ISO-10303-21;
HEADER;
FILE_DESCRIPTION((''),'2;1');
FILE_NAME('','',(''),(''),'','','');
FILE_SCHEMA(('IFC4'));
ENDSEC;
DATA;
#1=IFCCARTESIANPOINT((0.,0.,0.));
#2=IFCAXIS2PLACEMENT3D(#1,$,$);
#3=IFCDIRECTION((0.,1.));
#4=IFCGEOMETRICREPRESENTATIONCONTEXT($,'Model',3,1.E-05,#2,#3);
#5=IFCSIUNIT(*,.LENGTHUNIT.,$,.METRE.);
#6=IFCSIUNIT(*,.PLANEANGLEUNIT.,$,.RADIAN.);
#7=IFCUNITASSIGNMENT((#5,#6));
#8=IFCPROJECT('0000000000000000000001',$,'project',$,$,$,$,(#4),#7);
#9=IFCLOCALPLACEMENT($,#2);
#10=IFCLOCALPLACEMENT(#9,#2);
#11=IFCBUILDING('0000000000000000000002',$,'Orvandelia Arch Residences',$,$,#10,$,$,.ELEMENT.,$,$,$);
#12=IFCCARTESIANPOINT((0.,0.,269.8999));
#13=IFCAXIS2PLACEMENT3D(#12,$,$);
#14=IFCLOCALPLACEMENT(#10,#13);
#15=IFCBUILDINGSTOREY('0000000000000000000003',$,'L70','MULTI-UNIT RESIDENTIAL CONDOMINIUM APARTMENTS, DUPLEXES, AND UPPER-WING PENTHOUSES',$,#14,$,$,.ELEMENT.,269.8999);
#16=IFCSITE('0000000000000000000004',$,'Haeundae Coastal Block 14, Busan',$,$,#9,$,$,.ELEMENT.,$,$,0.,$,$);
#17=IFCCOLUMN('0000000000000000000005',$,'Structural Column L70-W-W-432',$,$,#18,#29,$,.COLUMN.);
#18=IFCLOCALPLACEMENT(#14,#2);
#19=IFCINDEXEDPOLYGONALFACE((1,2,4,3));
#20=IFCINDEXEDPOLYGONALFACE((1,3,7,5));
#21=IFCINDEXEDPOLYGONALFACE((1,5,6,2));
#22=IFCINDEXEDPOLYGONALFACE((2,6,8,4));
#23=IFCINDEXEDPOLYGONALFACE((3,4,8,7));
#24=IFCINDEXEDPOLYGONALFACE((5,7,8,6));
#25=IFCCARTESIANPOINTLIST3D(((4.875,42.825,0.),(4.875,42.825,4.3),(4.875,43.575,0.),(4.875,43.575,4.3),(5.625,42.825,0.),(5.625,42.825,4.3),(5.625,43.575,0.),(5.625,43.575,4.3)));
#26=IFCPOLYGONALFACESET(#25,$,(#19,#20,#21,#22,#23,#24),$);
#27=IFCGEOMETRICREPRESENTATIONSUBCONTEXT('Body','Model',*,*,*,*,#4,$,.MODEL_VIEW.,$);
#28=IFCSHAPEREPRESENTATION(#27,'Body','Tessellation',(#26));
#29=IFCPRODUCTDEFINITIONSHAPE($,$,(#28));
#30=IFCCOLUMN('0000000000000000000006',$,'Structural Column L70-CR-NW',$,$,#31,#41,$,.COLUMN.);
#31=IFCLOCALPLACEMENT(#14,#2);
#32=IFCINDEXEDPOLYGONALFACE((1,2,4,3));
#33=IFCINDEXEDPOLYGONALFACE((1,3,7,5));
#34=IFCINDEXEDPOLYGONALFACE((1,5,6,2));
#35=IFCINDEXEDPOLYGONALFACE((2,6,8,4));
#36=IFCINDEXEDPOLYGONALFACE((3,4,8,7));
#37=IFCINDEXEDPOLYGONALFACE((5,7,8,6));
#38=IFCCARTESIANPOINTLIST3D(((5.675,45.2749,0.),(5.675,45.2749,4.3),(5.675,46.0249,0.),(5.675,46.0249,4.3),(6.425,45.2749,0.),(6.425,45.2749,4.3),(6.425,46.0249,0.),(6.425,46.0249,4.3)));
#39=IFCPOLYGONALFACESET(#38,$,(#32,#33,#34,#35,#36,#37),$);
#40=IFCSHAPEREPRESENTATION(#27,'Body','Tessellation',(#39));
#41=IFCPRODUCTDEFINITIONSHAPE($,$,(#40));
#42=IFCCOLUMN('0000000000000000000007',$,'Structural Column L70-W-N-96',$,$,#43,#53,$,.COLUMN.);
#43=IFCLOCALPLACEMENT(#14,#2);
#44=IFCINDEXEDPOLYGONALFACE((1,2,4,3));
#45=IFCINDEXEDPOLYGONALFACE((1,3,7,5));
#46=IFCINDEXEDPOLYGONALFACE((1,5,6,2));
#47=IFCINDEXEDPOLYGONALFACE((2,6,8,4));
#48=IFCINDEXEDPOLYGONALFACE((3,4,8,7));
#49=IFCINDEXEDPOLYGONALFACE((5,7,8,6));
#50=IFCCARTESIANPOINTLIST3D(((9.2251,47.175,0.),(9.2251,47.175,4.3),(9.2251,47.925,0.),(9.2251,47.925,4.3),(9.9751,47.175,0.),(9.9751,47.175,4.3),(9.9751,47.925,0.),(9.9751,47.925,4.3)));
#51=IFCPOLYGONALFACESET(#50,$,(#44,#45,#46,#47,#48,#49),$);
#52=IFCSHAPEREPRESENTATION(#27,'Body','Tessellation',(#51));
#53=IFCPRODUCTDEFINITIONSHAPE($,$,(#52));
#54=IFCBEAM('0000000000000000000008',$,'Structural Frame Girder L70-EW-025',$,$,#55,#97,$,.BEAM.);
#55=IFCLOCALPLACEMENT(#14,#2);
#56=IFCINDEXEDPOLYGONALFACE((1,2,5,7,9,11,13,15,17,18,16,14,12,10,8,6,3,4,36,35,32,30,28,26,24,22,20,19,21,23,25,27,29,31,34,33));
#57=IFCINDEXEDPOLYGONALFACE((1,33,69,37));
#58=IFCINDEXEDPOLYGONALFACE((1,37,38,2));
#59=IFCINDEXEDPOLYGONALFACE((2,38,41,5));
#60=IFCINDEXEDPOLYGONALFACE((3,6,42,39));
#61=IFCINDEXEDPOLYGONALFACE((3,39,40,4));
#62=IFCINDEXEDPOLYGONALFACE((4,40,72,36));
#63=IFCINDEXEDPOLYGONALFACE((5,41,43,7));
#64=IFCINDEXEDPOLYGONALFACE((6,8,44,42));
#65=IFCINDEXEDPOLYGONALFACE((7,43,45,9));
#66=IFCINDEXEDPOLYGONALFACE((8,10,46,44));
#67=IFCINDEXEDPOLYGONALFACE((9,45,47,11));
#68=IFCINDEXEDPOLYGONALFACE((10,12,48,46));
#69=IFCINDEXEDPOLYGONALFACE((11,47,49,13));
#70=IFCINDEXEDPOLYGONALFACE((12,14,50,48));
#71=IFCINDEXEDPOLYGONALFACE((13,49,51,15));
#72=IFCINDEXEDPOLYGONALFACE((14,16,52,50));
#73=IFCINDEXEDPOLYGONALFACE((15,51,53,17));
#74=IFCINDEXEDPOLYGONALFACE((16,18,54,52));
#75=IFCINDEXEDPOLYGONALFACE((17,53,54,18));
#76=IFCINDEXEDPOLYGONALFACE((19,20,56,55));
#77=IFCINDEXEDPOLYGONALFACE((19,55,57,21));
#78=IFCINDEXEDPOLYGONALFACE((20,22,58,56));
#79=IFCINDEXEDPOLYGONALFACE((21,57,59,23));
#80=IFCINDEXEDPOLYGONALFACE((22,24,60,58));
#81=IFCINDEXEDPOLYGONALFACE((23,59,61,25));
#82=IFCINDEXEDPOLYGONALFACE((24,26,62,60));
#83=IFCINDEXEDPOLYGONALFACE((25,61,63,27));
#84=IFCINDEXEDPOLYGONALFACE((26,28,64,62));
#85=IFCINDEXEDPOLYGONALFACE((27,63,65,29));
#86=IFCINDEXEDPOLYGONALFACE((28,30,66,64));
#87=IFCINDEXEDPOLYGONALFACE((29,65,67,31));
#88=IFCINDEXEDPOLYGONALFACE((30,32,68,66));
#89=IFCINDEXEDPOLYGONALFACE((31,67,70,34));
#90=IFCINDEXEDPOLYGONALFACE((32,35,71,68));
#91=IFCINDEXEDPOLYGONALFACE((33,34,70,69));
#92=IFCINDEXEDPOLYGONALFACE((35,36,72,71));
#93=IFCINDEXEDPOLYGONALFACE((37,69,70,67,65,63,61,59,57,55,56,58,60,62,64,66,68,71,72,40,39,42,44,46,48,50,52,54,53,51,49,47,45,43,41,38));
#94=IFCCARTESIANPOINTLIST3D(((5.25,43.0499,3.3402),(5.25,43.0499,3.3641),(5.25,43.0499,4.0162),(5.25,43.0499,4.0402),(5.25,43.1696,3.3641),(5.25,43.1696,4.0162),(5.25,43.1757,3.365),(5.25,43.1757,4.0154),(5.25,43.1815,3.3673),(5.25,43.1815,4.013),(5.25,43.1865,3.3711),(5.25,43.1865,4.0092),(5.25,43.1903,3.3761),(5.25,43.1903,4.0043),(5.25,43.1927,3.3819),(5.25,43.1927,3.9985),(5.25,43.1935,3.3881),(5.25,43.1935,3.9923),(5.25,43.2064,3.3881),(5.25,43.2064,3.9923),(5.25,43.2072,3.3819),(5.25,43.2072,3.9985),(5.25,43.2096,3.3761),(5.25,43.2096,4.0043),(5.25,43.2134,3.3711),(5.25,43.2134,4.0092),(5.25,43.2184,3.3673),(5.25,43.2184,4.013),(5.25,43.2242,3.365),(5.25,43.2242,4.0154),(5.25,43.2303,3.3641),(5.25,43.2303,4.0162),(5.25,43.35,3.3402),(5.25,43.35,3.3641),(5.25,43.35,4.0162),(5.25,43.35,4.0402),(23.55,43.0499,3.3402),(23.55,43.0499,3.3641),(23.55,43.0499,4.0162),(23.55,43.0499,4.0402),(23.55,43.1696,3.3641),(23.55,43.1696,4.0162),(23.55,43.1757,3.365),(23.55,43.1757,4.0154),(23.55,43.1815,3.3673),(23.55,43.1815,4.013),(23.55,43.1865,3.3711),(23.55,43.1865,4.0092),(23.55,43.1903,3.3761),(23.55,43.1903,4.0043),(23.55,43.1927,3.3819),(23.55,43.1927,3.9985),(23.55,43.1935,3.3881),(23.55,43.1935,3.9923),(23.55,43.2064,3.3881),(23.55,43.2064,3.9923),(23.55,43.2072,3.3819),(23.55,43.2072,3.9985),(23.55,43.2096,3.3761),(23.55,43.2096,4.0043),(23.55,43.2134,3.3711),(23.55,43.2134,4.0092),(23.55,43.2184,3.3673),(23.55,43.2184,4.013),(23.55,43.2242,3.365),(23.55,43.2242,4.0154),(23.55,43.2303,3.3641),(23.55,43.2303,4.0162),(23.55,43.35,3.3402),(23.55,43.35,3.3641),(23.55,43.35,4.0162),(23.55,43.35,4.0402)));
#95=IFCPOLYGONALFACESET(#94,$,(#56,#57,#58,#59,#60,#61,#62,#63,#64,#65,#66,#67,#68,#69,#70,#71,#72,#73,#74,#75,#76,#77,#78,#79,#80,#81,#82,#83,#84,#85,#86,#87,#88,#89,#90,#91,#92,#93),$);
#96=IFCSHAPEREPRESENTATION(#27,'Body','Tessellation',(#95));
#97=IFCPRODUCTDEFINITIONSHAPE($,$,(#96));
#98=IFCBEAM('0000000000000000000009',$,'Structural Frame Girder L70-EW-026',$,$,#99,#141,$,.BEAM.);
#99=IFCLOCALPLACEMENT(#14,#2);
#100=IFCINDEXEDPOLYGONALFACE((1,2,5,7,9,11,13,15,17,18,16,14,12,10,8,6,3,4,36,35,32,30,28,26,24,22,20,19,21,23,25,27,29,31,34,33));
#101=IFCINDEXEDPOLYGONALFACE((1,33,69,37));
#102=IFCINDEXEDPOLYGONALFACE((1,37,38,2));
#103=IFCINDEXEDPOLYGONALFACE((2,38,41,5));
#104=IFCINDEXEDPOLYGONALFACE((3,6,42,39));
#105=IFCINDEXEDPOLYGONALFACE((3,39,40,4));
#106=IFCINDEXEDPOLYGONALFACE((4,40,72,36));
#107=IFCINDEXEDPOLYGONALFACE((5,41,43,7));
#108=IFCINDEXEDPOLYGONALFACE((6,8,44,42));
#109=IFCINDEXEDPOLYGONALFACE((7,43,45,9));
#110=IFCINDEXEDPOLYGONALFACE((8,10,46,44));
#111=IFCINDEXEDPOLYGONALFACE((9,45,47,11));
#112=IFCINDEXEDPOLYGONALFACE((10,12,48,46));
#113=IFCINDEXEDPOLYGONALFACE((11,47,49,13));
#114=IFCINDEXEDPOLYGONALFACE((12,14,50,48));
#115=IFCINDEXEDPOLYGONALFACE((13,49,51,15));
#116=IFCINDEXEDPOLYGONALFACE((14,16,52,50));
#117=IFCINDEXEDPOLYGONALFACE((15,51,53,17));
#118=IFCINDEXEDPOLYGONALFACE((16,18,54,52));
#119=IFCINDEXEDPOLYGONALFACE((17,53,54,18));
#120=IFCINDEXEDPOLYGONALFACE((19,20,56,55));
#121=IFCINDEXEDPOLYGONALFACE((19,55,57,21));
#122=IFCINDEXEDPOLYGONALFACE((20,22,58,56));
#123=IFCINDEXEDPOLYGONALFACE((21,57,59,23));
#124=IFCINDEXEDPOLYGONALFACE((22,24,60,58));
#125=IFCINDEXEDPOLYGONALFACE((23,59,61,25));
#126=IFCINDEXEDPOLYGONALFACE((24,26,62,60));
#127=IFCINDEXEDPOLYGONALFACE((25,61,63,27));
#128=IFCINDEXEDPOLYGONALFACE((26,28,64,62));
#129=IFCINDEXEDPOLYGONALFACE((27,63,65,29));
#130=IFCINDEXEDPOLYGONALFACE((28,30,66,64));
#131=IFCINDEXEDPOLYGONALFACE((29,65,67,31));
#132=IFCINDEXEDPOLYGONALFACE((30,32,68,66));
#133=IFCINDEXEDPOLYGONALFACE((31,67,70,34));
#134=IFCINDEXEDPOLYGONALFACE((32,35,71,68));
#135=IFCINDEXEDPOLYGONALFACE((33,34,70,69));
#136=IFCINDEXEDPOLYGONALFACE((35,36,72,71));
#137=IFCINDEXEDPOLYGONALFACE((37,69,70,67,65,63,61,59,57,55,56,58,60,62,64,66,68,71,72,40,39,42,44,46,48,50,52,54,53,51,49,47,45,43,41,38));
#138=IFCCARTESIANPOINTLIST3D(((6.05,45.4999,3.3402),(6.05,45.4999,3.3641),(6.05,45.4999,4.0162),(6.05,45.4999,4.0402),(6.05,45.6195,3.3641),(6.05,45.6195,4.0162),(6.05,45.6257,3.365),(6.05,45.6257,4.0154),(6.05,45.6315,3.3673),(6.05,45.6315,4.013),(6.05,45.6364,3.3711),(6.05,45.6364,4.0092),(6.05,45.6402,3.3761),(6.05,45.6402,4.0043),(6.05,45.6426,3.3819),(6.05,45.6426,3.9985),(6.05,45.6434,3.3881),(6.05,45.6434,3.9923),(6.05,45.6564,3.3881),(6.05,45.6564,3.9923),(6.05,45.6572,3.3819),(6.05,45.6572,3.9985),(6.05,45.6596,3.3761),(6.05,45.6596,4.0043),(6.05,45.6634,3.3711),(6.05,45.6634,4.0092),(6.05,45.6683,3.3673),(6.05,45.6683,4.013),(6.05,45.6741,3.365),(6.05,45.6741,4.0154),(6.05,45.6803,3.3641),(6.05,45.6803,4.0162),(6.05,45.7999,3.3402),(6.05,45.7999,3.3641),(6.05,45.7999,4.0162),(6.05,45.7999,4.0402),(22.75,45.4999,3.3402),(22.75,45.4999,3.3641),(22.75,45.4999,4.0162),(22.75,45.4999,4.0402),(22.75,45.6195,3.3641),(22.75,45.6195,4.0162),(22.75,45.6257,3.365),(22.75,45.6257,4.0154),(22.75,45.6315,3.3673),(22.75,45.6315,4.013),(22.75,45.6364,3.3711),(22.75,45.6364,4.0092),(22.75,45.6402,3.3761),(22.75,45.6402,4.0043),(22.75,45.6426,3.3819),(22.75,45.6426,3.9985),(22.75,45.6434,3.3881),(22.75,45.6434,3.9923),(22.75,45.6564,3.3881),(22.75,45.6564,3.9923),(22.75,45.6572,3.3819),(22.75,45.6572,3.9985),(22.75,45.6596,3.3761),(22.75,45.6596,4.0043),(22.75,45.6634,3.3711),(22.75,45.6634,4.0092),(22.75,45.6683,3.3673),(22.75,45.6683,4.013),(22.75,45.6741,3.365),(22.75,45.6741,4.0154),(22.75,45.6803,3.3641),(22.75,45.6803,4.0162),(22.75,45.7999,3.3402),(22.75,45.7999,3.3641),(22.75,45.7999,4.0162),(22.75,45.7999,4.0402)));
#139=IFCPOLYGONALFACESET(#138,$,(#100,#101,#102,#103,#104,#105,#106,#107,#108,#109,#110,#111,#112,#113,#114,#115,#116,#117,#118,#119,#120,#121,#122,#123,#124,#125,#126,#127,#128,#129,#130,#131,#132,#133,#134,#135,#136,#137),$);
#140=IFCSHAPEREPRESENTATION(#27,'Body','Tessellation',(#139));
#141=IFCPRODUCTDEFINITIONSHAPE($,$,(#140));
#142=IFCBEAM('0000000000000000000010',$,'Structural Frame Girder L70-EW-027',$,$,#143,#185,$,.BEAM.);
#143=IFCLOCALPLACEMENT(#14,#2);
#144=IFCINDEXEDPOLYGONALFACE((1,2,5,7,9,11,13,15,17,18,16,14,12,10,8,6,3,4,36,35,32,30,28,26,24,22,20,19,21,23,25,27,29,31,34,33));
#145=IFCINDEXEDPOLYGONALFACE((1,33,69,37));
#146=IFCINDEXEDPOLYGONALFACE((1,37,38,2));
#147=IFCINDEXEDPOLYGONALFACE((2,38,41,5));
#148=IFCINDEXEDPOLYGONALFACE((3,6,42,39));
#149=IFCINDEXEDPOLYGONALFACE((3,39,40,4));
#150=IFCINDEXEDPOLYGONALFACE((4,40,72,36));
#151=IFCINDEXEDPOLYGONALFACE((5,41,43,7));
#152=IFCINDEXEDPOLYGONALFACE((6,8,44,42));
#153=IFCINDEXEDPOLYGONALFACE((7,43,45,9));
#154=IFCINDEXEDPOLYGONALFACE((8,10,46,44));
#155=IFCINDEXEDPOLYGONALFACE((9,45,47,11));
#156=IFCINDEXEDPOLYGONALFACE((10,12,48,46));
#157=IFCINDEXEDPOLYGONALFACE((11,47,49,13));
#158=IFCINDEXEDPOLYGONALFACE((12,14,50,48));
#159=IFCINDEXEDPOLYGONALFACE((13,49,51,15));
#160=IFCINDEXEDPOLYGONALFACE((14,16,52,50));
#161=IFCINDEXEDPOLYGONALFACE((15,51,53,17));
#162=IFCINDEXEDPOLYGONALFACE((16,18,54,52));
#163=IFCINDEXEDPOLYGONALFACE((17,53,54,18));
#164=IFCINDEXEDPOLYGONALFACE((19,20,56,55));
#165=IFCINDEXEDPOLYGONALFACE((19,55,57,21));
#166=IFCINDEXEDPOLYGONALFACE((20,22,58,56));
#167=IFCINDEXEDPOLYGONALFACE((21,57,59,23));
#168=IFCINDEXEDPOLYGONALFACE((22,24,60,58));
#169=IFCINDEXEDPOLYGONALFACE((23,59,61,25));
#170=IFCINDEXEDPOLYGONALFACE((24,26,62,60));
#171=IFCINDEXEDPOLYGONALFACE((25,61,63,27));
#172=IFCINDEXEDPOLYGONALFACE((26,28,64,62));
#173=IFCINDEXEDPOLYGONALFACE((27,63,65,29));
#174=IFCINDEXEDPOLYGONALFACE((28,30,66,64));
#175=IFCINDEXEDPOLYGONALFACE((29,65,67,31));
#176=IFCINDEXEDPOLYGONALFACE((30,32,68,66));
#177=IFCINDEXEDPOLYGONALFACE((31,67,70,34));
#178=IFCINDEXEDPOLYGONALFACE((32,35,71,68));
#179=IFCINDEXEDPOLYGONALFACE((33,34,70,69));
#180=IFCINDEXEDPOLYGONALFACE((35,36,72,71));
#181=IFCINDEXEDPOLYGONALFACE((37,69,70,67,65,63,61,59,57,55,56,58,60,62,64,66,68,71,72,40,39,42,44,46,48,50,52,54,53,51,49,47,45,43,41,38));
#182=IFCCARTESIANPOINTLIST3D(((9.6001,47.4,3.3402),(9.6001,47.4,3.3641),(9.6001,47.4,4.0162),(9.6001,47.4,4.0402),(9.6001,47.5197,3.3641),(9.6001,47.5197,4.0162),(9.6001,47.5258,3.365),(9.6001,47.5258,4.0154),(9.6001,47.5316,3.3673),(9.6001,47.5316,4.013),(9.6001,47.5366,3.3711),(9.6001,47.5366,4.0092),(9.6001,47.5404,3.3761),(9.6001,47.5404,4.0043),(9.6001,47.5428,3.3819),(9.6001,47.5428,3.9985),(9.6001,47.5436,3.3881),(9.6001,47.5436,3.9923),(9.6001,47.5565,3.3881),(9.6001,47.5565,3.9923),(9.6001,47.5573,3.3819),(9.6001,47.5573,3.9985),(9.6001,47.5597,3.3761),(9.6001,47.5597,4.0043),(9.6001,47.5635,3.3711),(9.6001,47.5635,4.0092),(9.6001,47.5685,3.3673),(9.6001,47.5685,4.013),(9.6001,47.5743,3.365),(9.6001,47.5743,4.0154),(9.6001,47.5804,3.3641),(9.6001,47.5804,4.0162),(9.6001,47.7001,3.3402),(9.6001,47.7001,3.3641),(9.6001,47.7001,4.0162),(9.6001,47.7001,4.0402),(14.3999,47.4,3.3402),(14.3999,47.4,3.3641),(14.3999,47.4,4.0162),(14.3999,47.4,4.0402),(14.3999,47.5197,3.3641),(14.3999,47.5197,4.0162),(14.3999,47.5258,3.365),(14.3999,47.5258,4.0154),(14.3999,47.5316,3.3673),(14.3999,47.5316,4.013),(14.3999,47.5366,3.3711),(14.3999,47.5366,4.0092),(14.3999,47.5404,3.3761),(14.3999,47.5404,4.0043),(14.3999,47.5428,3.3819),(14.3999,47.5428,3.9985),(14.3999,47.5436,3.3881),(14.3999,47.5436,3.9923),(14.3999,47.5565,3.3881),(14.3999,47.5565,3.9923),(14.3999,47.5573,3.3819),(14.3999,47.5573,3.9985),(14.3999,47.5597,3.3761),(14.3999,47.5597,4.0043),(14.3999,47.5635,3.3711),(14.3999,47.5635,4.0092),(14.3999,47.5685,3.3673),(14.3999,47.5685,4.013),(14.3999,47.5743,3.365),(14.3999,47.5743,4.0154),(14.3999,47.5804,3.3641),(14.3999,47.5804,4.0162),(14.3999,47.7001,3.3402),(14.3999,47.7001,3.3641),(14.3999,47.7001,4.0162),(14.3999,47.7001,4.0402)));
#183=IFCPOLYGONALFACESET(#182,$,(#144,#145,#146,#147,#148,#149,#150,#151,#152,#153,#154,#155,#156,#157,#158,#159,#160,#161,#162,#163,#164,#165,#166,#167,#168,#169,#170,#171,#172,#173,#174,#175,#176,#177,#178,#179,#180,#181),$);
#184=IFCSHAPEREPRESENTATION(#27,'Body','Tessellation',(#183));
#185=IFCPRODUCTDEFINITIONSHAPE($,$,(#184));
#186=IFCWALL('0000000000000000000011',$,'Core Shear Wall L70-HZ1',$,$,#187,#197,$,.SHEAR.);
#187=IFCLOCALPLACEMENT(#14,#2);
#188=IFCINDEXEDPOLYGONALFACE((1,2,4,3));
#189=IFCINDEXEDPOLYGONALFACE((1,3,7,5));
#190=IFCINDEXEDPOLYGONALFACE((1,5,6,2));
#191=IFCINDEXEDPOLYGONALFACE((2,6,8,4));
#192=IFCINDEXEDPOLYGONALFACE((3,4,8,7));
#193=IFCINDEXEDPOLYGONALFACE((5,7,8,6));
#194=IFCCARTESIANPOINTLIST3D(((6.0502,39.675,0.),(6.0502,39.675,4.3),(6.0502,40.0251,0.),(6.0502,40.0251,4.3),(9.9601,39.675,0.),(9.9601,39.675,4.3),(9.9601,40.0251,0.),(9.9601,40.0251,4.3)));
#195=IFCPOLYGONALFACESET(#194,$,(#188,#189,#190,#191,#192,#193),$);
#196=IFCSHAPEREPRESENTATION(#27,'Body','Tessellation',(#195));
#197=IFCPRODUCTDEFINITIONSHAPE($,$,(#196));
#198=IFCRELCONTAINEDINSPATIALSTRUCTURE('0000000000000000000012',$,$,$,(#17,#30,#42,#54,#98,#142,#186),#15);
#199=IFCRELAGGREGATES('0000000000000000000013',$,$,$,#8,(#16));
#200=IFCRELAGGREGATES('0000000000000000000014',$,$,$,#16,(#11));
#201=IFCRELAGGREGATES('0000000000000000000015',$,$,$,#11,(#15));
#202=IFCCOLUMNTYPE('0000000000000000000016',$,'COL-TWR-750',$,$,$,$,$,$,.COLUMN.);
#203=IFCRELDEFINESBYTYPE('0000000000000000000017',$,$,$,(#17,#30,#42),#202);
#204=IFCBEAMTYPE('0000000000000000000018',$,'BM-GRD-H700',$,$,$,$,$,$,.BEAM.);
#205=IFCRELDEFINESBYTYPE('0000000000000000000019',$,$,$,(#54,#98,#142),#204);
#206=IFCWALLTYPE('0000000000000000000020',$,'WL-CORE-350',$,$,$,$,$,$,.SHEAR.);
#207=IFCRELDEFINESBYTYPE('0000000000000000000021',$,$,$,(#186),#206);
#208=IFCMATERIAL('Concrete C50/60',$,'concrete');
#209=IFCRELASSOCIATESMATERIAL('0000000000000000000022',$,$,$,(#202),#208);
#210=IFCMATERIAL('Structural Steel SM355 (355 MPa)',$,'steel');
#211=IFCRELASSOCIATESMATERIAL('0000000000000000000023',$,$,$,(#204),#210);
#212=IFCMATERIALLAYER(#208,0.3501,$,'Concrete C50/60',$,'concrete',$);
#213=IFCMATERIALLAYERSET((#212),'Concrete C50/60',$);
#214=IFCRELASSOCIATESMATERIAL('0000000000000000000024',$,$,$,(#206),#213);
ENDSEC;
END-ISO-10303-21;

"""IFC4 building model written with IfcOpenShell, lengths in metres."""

from ifc_helpers import new_model, si_unit, direction, frame, frame_2d, origin, origin_2d, place, context, subcontext, project, spatial, rectangle, i_section, extrude, material, layer, layer_set, material_profile, profile_set, type_object, element, save


model = new_model("IFC4")

# Units and contexts
model_context = context("Model", 3, precision=1e-05, world=origin(), true_north=direction((0.0, 1.0)))
body_context = subcontext(model_context, "Body", "Model", "MODEL_VIEW")
ifc_project = project(units=[si_unit("LENGTHUNIT", "METRE"), si_unit("PLANEANGLEUNIT", "RADIAN")], contexts=[model_context])

# Site, building, storey
site_placement = place(None, origin())
site = spatial("IfcSite", under=ifc_project, at=site_placement, Name="Haeundae Coastal Block 14, Busan", CompositionType="ELEMENT", RefElevation=0.0)
building_placement = place(site_placement, origin())
building = spatial("IfcBuilding", under=site, at=building_placement, Name="Orvandelia Arch Residences", CompositionType="ELEMENT")
storey_placement = place(building_placement, frame((0.0, 0.0, 269.8999)))
storey = spatial("IfcBuildingStorey", under=building, at=storey_placement, Name="L70", Description="MULTI-UNIT RESIDENTIAL CONDOMINIUM APARTMENTS, DUPLEXES, AND UPPER-WING PENTHOUSES", CompositionType="ELEMENT", Elevation=269.8999)

# Columns
ifc_material_1 = material(Name="Concrete C50/60", Category="concrete")
ifc_material_profile_1 = material_profile(ifc_material_1, rectangle(XDim=0.75, YDim=0.75, at=origin_2d()), Name="Concrete C50/60", Category="concrete")
ifc_profile_set_1 = profile_set([ifc_material_profile_1], Name="Concrete C50/60")
column_type = type_object("IfcColumnType", Name="COL-TWR-750", PredefinedType="COLUMN", material=ifc_profile_set_1)
for number, where, z_axis, x_axis, name in (
    (1, (5.25, 43.2, 0.0), (0.0, 0.0, 1.0), (1.0, 0.0, 0.0), "Structural Column L70-W-W-432"),
    (2, (6.05, 45.6499, 0.0), (0.0, 0.0, 1.0), (1.0, 0.0, 0.0), "Structural Column L70-CR-NW"),
    (3, (9.6001, 47.55, 0.0), (0.0, 0.0, 1.0), (1.0, 0.0, 0.0), "Structural Column L70-W-N-96"),
):
    element("IfcColumn", number, at=place(storey_placement, frame(where, z_axis=z_axis, x_axis=x_axis)), inside=storey, type_object=column_type, Name=name, PredefinedType="COLUMN", context=body_context, shape_type="SweptSolid", body=[
        extrude(rectangle(XDim=0.75, YDim=0.75, at=origin_2d()), origin(), (0.0, 0.0, 1.0), 4.3),
    ])

# Beams
ifc_material_2 = material(Name="Structural Steel SM355 (355 MPa)", Category="steel")
ifc_material_profile_2 = material_profile(ifc_material_2, i_section(OverallWidth=0.3, OverallDepth=0.7, WebThickness=0.0129, FlangeThickness=0.0239, FilletRadius=0.0239, at=origin_2d()), Name="Structural Steel SM355 (355 MPa)", Category="steel")
ifc_profile_set_2 = profile_set([ifc_material_profile_2], Name="Structural Steel SM355 (355 MPa)")
beam_type = type_object("IfcBeamType", Name="BM-GRD-H700", PredefinedType="BEAM", material=ifc_profile_set_2)
beam_1_placement = place(storey_placement, frame((5.25, 43.2, 3.6902), z_axis=(1.0, 0.0, 0.0), x_axis=(0.0, 1.0, 0.0)))
element("IfcBeam", 4, at=beam_1_placement, inside=storey, type_object=beam_type, Name="Structural Frame Girder L70-EW-025", PredefinedType="BEAM", context=body_context, shape_type="SweptSolid", body=[
    extrude(i_section(OverallWidth=0.3, OverallDepth=0.7, WebThickness=0.0129, FlangeThickness=0.0239, FilletRadius=0.0239, at=origin_2d()), origin(), (0.0, 0.0, 1.0), 18.3),
])
beam_2_placement = place(storey_placement, frame((6.05, 45.6499, 3.6902), z_axis=(1.0, 0.0, 0.0), x_axis=(0.0, 1.0, 0.0)))
element("IfcBeam", 5, at=beam_2_placement, inside=storey, type_object=beam_type, Name="Structural Frame Girder L70-EW-026", PredefinedType="BEAM", context=body_context, shape_type="SweptSolid", body=[
    extrude(i_section(OverallWidth=0.3, OverallDepth=0.7, WebThickness=0.0129, FlangeThickness=0.0239, FilletRadius=0.0239, at=origin_2d()), origin(), (0.0, 0.0, 1.0), 16.7),
])
beam_3_placement = place(storey_placement, frame((9.6001, 47.55, 3.6902), z_axis=(1.0, 0.0, 0.0), x_axis=(0.0, 1.0, 0.0)))
element("IfcBeam", 6, at=beam_3_placement, inside=storey, type_object=beam_type, Name="Structural Frame Girder L70-EW-027", PredefinedType="BEAM", context=body_context, shape_type="SweptSolid", body=[
    extrude(i_section(OverallWidth=0.3, OverallDepth=0.7, WebThickness=0.0129, FlangeThickness=0.0239, FilletRadius=0.0239, at=origin_2d()), origin(), (0.0, 0.0, 1.0), 4.7998),
])

# Wall
ifc_layer_1 = layer(ifc_material_1, 0.3501, Name="Concrete C50/60", Category="concrete")
ifc_layer_set_1 = layer_set([ifc_layer_1], Name="Concrete C50/60")
wall_type_1 = type_object("IfcWallType", Name="WL-CORE-350", PredefinedType="SHEAR", material=ifc_layer_set_1)
wall_1_placement = place(storey_placement, frame((6.05, 39.8501, 0.0), z_axis=(0.0, 0.0, 1.0), x_axis=(1.0, 0.0, 0.0)))
element("IfcWall", 7, at=wall_1_placement, inside=storey, type_object=wall_type_1, Name="Core Shear Wall L70-HZ1", PredefinedType="SHEAR", context=body_context, shape_type="SweptSolid", body=[
    extrude(rectangle(XDim=3.9099, YDim=0.3501, at=frame_2d((1.9551, 0.0))), origin(), (0.0, 0.0, 1.0), 4.3),
])

save(model, "model.ifc")
